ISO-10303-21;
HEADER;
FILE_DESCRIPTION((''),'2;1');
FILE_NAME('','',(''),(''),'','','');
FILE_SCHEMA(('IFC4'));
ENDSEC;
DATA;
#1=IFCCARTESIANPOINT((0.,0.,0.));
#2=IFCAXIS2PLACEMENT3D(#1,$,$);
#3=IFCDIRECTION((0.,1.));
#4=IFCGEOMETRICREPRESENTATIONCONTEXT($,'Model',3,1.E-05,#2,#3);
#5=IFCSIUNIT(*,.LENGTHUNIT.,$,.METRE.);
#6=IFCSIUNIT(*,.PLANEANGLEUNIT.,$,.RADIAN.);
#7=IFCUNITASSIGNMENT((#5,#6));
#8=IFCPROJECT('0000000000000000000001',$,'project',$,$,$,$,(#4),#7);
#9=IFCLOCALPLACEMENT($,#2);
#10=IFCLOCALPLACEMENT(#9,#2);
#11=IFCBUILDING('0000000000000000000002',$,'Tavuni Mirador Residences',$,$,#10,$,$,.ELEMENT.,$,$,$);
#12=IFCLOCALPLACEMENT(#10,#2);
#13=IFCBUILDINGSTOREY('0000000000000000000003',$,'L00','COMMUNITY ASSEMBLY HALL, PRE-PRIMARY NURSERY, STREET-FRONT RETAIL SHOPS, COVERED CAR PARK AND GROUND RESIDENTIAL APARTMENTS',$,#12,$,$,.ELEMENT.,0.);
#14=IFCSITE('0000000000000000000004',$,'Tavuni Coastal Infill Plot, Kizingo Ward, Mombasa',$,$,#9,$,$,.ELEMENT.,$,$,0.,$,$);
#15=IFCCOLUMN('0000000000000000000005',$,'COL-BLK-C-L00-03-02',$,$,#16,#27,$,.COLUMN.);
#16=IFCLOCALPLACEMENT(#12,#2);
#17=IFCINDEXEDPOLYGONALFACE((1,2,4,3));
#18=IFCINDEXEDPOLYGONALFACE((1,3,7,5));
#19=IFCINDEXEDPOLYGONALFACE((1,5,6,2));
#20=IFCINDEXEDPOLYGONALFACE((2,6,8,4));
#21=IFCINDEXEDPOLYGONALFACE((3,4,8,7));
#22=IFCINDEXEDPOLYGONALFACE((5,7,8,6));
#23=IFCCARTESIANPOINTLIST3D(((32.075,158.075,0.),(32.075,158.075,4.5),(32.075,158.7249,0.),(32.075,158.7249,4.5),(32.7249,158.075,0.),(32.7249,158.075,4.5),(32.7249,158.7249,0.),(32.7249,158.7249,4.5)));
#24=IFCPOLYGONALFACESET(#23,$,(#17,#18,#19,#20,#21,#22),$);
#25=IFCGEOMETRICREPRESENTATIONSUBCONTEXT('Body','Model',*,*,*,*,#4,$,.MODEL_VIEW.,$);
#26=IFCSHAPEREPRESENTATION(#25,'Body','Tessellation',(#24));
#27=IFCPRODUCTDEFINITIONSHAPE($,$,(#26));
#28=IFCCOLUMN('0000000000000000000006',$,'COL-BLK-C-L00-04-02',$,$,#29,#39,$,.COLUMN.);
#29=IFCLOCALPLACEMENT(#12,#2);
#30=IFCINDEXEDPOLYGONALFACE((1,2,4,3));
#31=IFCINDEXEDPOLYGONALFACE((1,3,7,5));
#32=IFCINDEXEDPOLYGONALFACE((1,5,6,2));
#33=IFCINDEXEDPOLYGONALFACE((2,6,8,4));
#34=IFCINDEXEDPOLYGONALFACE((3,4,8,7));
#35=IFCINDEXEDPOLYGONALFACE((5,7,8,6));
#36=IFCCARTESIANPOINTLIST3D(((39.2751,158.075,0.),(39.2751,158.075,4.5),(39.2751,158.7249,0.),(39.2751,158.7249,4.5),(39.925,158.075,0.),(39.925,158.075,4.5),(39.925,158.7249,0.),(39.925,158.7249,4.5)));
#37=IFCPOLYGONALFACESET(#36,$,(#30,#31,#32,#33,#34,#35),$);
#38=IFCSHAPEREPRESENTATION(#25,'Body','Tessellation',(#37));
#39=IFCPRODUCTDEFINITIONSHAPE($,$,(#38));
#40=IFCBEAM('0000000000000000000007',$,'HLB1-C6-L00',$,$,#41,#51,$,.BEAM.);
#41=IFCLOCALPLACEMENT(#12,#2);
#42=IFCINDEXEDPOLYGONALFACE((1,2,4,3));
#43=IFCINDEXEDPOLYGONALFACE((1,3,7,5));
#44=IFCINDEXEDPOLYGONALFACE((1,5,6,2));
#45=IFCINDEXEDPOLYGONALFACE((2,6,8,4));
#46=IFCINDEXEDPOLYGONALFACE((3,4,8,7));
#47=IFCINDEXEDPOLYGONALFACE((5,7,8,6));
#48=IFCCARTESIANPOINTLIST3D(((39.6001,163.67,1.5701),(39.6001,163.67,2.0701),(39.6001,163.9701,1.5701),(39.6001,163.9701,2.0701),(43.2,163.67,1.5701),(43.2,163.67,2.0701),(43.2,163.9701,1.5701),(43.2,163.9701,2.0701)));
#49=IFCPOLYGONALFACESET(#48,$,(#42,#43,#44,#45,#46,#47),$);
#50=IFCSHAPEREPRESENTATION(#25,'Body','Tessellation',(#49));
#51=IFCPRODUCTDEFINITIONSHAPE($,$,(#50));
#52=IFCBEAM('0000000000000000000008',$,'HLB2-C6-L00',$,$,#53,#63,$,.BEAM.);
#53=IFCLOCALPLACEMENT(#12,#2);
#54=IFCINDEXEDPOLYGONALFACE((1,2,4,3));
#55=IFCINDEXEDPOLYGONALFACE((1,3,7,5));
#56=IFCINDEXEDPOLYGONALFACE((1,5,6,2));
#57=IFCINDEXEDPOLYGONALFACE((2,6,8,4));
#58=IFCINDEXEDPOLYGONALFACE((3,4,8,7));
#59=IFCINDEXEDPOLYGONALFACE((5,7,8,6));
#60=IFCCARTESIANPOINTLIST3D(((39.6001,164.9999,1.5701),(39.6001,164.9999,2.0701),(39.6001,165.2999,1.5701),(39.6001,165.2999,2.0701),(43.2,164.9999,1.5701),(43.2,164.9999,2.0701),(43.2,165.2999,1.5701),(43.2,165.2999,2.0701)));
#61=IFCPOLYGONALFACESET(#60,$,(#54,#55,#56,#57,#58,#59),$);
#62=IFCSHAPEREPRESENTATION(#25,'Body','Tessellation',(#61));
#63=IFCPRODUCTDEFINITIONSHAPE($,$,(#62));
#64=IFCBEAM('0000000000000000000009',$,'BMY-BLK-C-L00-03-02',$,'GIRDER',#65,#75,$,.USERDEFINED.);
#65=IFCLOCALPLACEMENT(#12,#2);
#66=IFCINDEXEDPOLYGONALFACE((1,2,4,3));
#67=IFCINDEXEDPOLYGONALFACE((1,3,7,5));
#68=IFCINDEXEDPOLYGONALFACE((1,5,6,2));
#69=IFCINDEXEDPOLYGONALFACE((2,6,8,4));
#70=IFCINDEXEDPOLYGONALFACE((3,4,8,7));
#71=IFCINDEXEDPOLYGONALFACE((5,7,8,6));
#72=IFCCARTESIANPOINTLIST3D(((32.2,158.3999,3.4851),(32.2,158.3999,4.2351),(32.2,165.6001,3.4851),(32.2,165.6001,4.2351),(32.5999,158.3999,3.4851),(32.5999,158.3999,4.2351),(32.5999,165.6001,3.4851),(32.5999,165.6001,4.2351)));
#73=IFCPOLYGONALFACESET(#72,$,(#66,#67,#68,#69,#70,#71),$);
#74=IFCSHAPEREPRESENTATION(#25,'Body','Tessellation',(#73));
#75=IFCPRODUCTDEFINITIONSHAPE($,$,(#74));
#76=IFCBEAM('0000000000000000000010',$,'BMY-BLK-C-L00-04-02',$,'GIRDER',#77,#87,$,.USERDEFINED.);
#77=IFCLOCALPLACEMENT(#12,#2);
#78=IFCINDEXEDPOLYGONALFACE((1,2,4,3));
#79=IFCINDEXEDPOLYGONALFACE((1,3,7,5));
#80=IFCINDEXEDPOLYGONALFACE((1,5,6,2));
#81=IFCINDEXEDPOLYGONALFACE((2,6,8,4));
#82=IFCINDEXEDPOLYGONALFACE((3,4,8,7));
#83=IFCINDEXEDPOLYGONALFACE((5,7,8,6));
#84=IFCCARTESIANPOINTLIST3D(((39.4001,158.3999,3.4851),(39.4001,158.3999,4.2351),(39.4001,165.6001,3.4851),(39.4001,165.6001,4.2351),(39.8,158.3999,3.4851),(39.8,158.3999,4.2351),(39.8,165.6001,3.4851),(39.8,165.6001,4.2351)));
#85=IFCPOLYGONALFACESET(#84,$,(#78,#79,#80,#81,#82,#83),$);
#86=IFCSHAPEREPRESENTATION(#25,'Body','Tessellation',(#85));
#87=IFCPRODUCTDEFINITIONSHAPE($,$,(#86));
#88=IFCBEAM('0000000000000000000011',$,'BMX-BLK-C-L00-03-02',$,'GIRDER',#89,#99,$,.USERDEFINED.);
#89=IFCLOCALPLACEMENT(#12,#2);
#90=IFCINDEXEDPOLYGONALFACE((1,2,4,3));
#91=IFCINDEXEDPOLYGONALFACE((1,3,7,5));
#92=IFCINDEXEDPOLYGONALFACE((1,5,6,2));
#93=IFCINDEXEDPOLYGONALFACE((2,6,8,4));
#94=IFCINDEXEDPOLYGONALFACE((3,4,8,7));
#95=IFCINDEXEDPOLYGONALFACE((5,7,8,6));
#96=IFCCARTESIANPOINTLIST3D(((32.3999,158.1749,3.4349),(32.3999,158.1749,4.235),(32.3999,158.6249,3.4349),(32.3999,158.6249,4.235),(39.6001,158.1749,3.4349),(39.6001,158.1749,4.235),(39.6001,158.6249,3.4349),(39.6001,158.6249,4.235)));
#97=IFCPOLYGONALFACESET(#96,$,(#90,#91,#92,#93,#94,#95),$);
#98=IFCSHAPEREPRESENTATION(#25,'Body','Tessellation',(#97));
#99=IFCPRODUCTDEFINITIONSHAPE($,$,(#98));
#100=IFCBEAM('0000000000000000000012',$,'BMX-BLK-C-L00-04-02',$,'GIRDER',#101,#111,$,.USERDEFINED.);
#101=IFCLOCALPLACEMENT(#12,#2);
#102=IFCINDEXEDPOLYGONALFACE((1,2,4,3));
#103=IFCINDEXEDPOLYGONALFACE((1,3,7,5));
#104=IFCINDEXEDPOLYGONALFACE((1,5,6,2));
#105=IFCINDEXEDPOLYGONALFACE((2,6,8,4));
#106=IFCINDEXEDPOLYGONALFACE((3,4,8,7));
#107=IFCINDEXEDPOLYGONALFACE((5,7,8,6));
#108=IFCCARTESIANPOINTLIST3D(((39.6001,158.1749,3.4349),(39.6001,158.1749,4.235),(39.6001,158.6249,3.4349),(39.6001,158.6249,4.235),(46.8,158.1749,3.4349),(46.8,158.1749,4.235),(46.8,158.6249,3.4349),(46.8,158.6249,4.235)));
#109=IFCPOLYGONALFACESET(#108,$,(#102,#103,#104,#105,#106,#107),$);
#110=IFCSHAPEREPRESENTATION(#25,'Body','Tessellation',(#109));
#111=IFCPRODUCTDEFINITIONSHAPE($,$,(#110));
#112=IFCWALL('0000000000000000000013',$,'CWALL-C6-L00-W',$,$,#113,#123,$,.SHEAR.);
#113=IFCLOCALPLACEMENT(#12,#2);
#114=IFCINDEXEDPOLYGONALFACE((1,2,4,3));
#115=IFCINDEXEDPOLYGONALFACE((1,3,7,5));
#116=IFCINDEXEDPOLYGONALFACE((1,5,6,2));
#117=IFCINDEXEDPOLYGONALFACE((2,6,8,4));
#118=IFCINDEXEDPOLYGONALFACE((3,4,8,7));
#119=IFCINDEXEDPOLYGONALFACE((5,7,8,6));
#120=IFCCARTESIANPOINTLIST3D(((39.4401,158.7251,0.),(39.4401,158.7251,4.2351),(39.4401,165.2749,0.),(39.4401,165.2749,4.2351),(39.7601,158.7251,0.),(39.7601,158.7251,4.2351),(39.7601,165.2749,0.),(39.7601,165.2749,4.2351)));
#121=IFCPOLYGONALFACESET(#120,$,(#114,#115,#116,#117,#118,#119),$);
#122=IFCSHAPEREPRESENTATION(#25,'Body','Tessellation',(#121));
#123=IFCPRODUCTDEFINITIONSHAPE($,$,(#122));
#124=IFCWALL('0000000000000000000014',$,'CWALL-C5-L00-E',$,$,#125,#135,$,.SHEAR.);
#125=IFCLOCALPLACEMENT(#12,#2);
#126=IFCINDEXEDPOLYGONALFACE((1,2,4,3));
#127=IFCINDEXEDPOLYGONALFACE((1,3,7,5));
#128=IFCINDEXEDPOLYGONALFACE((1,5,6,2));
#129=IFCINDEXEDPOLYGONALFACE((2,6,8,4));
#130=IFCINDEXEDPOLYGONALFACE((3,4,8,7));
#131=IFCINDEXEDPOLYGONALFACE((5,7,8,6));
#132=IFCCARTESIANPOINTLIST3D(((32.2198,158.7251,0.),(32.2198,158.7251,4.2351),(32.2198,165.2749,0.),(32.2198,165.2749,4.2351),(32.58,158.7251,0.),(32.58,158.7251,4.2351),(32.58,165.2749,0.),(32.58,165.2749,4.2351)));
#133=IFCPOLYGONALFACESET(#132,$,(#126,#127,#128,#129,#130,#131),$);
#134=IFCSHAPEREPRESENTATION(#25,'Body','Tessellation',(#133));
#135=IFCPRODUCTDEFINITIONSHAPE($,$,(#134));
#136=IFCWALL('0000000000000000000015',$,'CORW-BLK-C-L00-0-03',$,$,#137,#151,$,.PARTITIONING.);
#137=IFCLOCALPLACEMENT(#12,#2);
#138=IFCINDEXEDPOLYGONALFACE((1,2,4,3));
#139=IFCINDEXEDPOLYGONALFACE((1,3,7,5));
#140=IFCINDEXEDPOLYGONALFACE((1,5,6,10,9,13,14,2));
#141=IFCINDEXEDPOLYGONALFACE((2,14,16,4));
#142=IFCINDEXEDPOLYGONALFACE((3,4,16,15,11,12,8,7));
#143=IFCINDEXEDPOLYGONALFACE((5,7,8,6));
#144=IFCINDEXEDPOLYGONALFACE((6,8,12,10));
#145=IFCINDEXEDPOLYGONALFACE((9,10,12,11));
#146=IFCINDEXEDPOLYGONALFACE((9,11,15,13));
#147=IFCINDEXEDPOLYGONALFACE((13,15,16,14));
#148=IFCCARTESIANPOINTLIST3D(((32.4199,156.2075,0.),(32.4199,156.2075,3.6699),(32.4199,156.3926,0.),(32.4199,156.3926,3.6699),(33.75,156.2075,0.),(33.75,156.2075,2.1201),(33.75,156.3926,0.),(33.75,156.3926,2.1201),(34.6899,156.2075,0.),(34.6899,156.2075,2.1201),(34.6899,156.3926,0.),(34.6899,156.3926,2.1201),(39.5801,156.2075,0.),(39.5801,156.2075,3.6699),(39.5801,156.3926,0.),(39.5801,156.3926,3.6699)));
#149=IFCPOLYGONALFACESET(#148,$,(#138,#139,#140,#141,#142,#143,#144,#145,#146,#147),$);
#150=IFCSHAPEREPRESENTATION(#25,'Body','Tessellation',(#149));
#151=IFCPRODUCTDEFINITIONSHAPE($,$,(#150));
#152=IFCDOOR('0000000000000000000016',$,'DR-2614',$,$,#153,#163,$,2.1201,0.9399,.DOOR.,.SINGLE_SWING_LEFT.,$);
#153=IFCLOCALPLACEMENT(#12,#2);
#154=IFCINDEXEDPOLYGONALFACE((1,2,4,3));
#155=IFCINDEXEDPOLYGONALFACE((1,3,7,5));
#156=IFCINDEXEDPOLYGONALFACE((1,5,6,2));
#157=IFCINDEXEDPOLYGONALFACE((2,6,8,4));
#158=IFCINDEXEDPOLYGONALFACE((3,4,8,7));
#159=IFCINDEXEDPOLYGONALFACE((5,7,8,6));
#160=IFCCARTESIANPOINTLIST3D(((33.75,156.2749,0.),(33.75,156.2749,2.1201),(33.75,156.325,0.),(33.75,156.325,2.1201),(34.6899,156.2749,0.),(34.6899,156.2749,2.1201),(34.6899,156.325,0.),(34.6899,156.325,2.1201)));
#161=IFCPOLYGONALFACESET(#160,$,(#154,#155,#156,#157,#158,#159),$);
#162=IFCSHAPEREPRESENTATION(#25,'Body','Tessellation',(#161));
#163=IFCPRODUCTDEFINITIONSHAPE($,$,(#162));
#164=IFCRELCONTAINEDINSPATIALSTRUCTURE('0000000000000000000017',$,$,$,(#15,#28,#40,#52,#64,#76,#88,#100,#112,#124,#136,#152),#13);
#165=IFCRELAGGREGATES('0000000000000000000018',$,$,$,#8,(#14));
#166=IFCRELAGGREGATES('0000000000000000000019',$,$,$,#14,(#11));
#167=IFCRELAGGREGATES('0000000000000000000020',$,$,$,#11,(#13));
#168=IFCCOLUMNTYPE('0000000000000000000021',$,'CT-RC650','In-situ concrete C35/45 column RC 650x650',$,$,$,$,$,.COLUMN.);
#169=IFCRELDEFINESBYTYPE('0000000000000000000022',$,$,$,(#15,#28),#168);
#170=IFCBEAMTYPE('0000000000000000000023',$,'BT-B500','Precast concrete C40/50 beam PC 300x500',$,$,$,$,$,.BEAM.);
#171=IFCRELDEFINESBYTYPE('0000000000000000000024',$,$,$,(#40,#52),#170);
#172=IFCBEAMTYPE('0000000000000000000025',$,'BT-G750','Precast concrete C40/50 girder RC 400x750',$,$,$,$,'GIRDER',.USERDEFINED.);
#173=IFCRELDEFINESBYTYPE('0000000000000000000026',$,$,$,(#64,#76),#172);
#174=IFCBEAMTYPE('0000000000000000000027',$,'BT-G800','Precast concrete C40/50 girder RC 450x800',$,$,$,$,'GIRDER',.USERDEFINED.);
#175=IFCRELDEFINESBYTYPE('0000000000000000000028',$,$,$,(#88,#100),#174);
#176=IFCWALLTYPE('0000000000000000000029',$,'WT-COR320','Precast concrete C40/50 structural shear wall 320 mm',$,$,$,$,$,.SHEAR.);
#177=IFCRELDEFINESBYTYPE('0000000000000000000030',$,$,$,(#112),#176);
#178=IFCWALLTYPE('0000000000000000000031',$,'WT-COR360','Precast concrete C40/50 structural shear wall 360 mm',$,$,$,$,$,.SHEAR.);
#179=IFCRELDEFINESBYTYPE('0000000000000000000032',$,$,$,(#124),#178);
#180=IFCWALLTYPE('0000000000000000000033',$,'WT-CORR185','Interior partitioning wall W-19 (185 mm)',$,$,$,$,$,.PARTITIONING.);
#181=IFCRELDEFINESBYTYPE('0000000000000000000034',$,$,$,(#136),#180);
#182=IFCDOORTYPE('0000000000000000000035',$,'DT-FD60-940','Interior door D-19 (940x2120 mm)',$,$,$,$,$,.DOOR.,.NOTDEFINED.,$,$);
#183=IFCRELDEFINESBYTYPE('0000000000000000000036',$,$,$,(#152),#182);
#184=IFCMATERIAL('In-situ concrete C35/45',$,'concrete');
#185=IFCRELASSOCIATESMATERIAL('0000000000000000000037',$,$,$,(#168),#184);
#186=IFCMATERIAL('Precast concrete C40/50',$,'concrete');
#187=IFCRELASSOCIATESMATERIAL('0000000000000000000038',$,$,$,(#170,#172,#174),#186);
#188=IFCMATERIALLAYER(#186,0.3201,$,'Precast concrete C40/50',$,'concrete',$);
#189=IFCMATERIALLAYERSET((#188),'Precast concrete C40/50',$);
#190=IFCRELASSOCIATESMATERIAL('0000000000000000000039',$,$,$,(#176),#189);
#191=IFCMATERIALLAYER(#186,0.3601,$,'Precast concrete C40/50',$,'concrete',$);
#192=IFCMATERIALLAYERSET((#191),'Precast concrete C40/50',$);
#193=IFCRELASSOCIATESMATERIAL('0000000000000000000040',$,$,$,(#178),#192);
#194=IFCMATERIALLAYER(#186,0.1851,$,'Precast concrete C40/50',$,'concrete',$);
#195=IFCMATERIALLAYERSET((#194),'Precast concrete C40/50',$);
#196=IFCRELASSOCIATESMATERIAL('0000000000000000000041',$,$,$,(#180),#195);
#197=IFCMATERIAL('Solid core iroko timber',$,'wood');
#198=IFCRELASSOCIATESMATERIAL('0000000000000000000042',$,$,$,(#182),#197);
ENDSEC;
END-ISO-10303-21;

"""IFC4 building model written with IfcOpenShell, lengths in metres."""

from ifc_helpers import new_model, si_unit, direction, frame, frame_2d, origin, origin_2d, place, context, subcontext, project, spatial, rectangle, extrude, material, layer, layer_set, material_profile, profile_set, type_object, element, fill, save


model = new_model("IFC4")

# Units and contexts
model_context = context("Model", 3, precision=1e-05, world=origin(), true_north=direction((0.0, 1.0)))
body_context = subcontext(model_context, "Body", "Model", "MODEL_VIEW")
ifc_project = project(units=[si_unit("LENGTHUNIT", "METRE"), si_unit("PLANEANGLEUNIT", "RADIAN")], contexts=[model_context])

# Site, building, storey
site_placement = place(None, origin())
site = spatial("IfcSite", under=ifc_project, at=site_placement, Name="Tavuni Coastal Infill Plot, Kizingo Ward, Mombasa", CompositionType="ELEMENT", RefElevation=0.0)
building_placement = place(site_placement, origin())
building = spatial("IfcBuilding", under=site, at=building_placement, Name="Tavuni Mirador Residences", CompositionType="ELEMENT")
storey_placement = place(building_placement, origin())
storey = spatial("IfcBuildingStorey", under=building, at=storey_placement, Name="L00", Description="COMMUNITY ASSEMBLY HALL, PRE-PRIMARY NURSERY, STREET-FRONT RETAIL SHOPS, COVERED CAR PARK AND GROUND RESIDENTIAL APARTMENTS", CompositionType="ELEMENT", Elevation=0.0)

# Columns
ifc_material_1 = material(Name="In-situ concrete C35/45", Category="concrete")
ifc_material_profile_1 = material_profile(ifc_material_1, rectangle(XDim=0.6499, YDim=0.6499, at=origin_2d()), Name="RC 650x650", Category="concrete")
ifc_profile_set_1 = profile_set([ifc_material_profile_1], Name="In-situ concrete C35/45")
column_type = type_object("IfcColumnType", Name="CT-RC650", Description="In-situ concrete C35/45 column RC 650x650", PredefinedType="COLUMN", material=ifc_profile_set_1)
for number, where, z_axis, x_axis, name in (
    (1, (32.3999, 158.3999, 0.0), (0.0, 0.0, 1.0), (1.0, 0.0, 0.0), "COL-BLK-C-L00-03-02"),
    (2, (39.6001, 158.3999, 0.0), (0.0, 0.0, 1.0), (1.0, 0.0, 0.0), "COL-BLK-C-L00-04-02"),
):
    element("IfcColumn", number, at=place(storey_placement, frame(where, z_axis=z_axis, x_axis=x_axis)), inside=storey, type_object=column_type, Name=name, PredefinedType="COLUMN", context=body_context, shape_type="SweptSolid", body=[
        extrude(rectangle(XDim=0.6499, YDim=0.6499, at=origin_2d()), origin(), (0.0, 0.0, 1.0), 4.5),
    ])

# Beams
ifc_material_2 = material(Name="Precast concrete C40/50", Category="concrete")
ifc_material_profile_2 = material_profile(ifc_material_2, rectangle(XDim=0.3, YDim=0.5, at=origin_2d()), Name="PC 300x500", Category="concrete")
ifc_profile_set_2 = profile_set([ifc_material_profile_2], Name="Precast concrete C40/50")
beam_type_1 = type_object("IfcBeamType", Name="BT-B500", Description="Precast concrete C40/50 beam PC 300x500", PredefinedType="BEAM", material=ifc_profile_set_2)
for number, where, z_axis, x_axis, name in (
    (3, (39.6001, 163.8201, 1.8201), (1.0, 0.0, 0.0), (0.0, 1.0, 0.0), "HLB1-C6-L00"),
    (4, (39.6001, 165.1499, 1.8201), (1.0, 0.0, 0.0), (0.0, 1.0, 0.0), "HLB2-C6-L00"),
):
    element("IfcBeam", number, at=place(storey_placement, frame(where, z_axis=z_axis, x_axis=x_axis)), inside=storey, type_object=beam_type_1, Name=name, PredefinedType="BEAM", context=body_context, shape_type="SweptSolid", body=[
        extrude(rectangle(XDim=0.3, YDim=0.5, at=origin_2d()), origin(), (0.0, 0.0, 1.0), 3.5999),
    ])
ifc_material_profile_3 = material_profile(ifc_material_2, rectangle(XDim=0.3999, YDim=0.75, at=origin_2d()), Name="RC 400x750", Category="concrete")
ifc_profile_set_3 = profile_set([ifc_material_profile_3], Name="Precast concrete C40/50")
beam_type_2 = type_object("IfcBeamType", Name="BT-G750", Description="Precast concrete C40/50 girder RC 400x750", ElementType="GIRDER", PredefinedType="USERDEFINED", material=ifc_profile_set_3)
for number, where, z_axis, x_axis, name in (
    (5, (32.3999, 158.3999, 3.8601), (0.0, 1.0, 0.0), (-1.0, 0.0, 0.0), "BMY-BLK-C-L00-03-02"),
    (6, (39.6001, 158.3999, 3.8601), (0.0, 1.0, 0.0), (-1.0, 0.0, 0.0), "BMY-BLK-C-L00-04-02"),
):
    element("IfcBeam", number, at=place(storey_placement, frame(where, z_axis=z_axis, x_axis=x_axis)), inside=storey, type_object=beam_type_2, Name=name, ObjectType="GIRDER", PredefinedType="USERDEFINED", context=body_context, shape_type="SweptSolid", body=[
        extrude(rectangle(XDim=0.3999, YDim=0.75, at=origin_2d()), origin(), (0.0, 0.0, 1.0), 7.2002),
    ])
ifc_material_profile_4 = material_profile(ifc_material_2, rectangle(XDim=0.45, YDim=0.8, at=origin_2d()), Name="RC 450x800", Category="concrete")
ifc_profile_set_4 = profile_set([ifc_material_profile_4], Name="Precast concrete C40/50")
beam_type_3 = type_object("IfcBeamType", Name="BT-G800", Description="Precast concrete C40/50 girder RC 450x800", ElementType="GIRDER", PredefinedType="USERDEFINED", material=ifc_profile_set_4)
beam_1_placement = place(storey_placement, frame((32.3999, 158.3999, 3.835), z_axis=(1.0, 0.0, 0.0), x_axis=(0.0, 1.0, 0.0)))
element("IfcBeam", 7, at=beam_1_placement, inside=storey, type_object=beam_type_3, Name="BMX-BLK-C-L00-03-02", ObjectType="GIRDER", PredefinedType="USERDEFINED", context=body_context, shape_type="SweptSolid", body=[
    extrude(rectangle(XDim=0.45, YDim=0.8, at=origin_2d()), origin(), (0.0, 0.0, 1.0), 7.2002),
])
beam_2_placement = place(storey_placement, frame((39.6001, 158.3999, 3.835), z_axis=(1.0, 0.0, 0.0), x_axis=(0.0, 1.0, 0.0)))
element("IfcBeam", 8, at=beam_2_placement, inside=storey, type_object=beam_type_3, Name="BMX-BLK-C-L00-04-02", ObjectType="GIRDER", PredefinedType="USERDEFINED", context=body_context, shape_type="SweptSolid", body=[
    extrude(rectangle(XDim=0.45, YDim=0.8, at=origin_2d()), origin(), (0.0, 0.0, 1.0), 7.2),
])

# Wall
ifc_layer_1 = layer(ifc_material_2, 0.3201, Name="Precast concrete C40/50", Category="concrete")
ifc_layer_set_1 = layer_set([ifc_layer_1], Name="Precast concrete C40/50")
wall_type_1 = type_object("IfcWallType", Name="WT-COR320", Description="Precast concrete C40/50 structural shear wall 320 mm", PredefinedType="SHEAR", material=ifc_layer_set_1)
wall_1_placement = place(storey_placement, frame((39.6001, 158.7251, 0.0), z_axis=(0.0, 0.0, 1.0), x_axis=(0.0, 1.0, 0.0)))
element("IfcWall", 9, at=wall_1_placement, inside=storey, type_object=wall_type_1, Name="CWALL-C6-L00-W", PredefinedType="SHEAR", context=body_context, shape_type="SweptSolid", body=[
    extrude(rectangle(XDim=6.5498, YDim=0.3201, at=frame_2d((3.2749, 0.0))), origin(), (0.0, 0.0, 1.0), 4.2351),
])

# Shared definitions
ifc_material_3 = material(Name="Solid core iroko timber", Category="wood")

# Wall
ifc_layer_2 = layer(ifc_material_2, 0.3601, Name="Precast concrete C40/50", Category="concrete")
ifc_layer_set_2 = layer_set([ifc_layer_2], Name="Precast concrete C40/50")
wall_type_2 = type_object("IfcWallType", Name="WT-COR360", Description="Precast concrete C40/50 structural shear wall 360 mm", PredefinedType="SHEAR", material=ifc_layer_set_2)
wall_2_placement = place(storey_placement, frame((32.3999, 158.7251, 0.0), z_axis=(0.0, 0.0, 1.0), x_axis=(0.0, 1.0, 0.0)))
element("IfcWall", 10, at=wall_2_placement, inside=storey, type_object=wall_type_2, Name="CWALL-C5-L00-E", PredefinedType="SHEAR", context=body_context, shape_type="SweptSolid", body=[
    extrude(rectangle(XDim=6.5498, YDim=0.3601, at=frame_2d((3.2749, 0.0))), origin(), (0.0, 0.0, 1.0), 4.2351),
])

# Wall, opening, door
ifc_layer_3 = layer(ifc_material_2, 0.1851, Name="Precast concrete C40/50", Category="concrete")
ifc_layer_set_3 = layer_set([ifc_layer_3], Name="Precast concrete C40/50")
wall_type_3 = type_object("IfcWallType", Name="WT-CORR185", Description="Interior partitioning wall W-19 (185 mm)", PredefinedType="PARTITIONING", material=ifc_layer_set_3)
wall_3_placement = place(storey_placement, frame((32.4199, 156.3, 0.0), z_axis=(0.0, 0.0, 1.0), x_axis=(1.0, 0.0, 0.0)))
wall_3 = element("IfcWall", 11, at=wall_3_placement, inside=storey, type_object=wall_type_3, Name="CORW-BLK-C-L00-0-03", PredefinedType="PARTITIONING", context=body_context, shape_type="SweptSolid", body=[
    extrude(rectangle(XDim=7.1602, YDim=0.1851, at=frame_2d((3.5801, 0.0))), origin(), (0.0, 0.0, 1.0), 3.6699),
])
opening_1_placement = place(wall_3_placement, frame((1.3301, 0.0, 0.0)))
opening_1 = element("IfcOpeningElement", 12, at=opening_1_placement, cuts=wall_3, PredefinedType="OPENING", context=body_context, shape_type="SweptSolid", body=[
    extrude(rectangle(XDim=0.9399, YDim=2.1201, at=frame_2d((0.47, 1.0601))), frame((0.0, 0.1025, 0.0), z_axis=(0.0, -1.0, 0.0), x_axis=(1.0, 0.0, 0.0)), (0.0, 0.0, 1.0), 0.2051),
])
door_type_1 = type_object("IfcDoorType", Name="DT-FD60-940", Description="Interior door D-19 (940x2120 mm)", OperationType="NOTDEFINED", PredefinedType="DOOR", material=ifc_material_3)
door_1_placement = place(opening_1_placement, origin())
door_1 = element("IfcDoor", 13, at=door_1_placement, inside=storey, type_object=door_type_1, Name="DR-2614", OperationType="SINGLE_SWING_LEFT", OverallHeight=2.1201, OverallWidth=0.9399, PredefinedType="DOOR", context=body_context, shape_type="SweptSolid", body=[
    extrude(rectangle(XDim=0.9399, YDim=2.1201, at=frame_2d((0.47, 1.0601))), frame((0.0, 0.0249, 0.0), z_axis=(0.0, -1.0, 0.0), x_axis=(1.0, 0.0, 0.0)), (0.0, 0.0, 1.0), 0.05),
])
fill(opening_1, door_1)

save(model, "model.ifc")
